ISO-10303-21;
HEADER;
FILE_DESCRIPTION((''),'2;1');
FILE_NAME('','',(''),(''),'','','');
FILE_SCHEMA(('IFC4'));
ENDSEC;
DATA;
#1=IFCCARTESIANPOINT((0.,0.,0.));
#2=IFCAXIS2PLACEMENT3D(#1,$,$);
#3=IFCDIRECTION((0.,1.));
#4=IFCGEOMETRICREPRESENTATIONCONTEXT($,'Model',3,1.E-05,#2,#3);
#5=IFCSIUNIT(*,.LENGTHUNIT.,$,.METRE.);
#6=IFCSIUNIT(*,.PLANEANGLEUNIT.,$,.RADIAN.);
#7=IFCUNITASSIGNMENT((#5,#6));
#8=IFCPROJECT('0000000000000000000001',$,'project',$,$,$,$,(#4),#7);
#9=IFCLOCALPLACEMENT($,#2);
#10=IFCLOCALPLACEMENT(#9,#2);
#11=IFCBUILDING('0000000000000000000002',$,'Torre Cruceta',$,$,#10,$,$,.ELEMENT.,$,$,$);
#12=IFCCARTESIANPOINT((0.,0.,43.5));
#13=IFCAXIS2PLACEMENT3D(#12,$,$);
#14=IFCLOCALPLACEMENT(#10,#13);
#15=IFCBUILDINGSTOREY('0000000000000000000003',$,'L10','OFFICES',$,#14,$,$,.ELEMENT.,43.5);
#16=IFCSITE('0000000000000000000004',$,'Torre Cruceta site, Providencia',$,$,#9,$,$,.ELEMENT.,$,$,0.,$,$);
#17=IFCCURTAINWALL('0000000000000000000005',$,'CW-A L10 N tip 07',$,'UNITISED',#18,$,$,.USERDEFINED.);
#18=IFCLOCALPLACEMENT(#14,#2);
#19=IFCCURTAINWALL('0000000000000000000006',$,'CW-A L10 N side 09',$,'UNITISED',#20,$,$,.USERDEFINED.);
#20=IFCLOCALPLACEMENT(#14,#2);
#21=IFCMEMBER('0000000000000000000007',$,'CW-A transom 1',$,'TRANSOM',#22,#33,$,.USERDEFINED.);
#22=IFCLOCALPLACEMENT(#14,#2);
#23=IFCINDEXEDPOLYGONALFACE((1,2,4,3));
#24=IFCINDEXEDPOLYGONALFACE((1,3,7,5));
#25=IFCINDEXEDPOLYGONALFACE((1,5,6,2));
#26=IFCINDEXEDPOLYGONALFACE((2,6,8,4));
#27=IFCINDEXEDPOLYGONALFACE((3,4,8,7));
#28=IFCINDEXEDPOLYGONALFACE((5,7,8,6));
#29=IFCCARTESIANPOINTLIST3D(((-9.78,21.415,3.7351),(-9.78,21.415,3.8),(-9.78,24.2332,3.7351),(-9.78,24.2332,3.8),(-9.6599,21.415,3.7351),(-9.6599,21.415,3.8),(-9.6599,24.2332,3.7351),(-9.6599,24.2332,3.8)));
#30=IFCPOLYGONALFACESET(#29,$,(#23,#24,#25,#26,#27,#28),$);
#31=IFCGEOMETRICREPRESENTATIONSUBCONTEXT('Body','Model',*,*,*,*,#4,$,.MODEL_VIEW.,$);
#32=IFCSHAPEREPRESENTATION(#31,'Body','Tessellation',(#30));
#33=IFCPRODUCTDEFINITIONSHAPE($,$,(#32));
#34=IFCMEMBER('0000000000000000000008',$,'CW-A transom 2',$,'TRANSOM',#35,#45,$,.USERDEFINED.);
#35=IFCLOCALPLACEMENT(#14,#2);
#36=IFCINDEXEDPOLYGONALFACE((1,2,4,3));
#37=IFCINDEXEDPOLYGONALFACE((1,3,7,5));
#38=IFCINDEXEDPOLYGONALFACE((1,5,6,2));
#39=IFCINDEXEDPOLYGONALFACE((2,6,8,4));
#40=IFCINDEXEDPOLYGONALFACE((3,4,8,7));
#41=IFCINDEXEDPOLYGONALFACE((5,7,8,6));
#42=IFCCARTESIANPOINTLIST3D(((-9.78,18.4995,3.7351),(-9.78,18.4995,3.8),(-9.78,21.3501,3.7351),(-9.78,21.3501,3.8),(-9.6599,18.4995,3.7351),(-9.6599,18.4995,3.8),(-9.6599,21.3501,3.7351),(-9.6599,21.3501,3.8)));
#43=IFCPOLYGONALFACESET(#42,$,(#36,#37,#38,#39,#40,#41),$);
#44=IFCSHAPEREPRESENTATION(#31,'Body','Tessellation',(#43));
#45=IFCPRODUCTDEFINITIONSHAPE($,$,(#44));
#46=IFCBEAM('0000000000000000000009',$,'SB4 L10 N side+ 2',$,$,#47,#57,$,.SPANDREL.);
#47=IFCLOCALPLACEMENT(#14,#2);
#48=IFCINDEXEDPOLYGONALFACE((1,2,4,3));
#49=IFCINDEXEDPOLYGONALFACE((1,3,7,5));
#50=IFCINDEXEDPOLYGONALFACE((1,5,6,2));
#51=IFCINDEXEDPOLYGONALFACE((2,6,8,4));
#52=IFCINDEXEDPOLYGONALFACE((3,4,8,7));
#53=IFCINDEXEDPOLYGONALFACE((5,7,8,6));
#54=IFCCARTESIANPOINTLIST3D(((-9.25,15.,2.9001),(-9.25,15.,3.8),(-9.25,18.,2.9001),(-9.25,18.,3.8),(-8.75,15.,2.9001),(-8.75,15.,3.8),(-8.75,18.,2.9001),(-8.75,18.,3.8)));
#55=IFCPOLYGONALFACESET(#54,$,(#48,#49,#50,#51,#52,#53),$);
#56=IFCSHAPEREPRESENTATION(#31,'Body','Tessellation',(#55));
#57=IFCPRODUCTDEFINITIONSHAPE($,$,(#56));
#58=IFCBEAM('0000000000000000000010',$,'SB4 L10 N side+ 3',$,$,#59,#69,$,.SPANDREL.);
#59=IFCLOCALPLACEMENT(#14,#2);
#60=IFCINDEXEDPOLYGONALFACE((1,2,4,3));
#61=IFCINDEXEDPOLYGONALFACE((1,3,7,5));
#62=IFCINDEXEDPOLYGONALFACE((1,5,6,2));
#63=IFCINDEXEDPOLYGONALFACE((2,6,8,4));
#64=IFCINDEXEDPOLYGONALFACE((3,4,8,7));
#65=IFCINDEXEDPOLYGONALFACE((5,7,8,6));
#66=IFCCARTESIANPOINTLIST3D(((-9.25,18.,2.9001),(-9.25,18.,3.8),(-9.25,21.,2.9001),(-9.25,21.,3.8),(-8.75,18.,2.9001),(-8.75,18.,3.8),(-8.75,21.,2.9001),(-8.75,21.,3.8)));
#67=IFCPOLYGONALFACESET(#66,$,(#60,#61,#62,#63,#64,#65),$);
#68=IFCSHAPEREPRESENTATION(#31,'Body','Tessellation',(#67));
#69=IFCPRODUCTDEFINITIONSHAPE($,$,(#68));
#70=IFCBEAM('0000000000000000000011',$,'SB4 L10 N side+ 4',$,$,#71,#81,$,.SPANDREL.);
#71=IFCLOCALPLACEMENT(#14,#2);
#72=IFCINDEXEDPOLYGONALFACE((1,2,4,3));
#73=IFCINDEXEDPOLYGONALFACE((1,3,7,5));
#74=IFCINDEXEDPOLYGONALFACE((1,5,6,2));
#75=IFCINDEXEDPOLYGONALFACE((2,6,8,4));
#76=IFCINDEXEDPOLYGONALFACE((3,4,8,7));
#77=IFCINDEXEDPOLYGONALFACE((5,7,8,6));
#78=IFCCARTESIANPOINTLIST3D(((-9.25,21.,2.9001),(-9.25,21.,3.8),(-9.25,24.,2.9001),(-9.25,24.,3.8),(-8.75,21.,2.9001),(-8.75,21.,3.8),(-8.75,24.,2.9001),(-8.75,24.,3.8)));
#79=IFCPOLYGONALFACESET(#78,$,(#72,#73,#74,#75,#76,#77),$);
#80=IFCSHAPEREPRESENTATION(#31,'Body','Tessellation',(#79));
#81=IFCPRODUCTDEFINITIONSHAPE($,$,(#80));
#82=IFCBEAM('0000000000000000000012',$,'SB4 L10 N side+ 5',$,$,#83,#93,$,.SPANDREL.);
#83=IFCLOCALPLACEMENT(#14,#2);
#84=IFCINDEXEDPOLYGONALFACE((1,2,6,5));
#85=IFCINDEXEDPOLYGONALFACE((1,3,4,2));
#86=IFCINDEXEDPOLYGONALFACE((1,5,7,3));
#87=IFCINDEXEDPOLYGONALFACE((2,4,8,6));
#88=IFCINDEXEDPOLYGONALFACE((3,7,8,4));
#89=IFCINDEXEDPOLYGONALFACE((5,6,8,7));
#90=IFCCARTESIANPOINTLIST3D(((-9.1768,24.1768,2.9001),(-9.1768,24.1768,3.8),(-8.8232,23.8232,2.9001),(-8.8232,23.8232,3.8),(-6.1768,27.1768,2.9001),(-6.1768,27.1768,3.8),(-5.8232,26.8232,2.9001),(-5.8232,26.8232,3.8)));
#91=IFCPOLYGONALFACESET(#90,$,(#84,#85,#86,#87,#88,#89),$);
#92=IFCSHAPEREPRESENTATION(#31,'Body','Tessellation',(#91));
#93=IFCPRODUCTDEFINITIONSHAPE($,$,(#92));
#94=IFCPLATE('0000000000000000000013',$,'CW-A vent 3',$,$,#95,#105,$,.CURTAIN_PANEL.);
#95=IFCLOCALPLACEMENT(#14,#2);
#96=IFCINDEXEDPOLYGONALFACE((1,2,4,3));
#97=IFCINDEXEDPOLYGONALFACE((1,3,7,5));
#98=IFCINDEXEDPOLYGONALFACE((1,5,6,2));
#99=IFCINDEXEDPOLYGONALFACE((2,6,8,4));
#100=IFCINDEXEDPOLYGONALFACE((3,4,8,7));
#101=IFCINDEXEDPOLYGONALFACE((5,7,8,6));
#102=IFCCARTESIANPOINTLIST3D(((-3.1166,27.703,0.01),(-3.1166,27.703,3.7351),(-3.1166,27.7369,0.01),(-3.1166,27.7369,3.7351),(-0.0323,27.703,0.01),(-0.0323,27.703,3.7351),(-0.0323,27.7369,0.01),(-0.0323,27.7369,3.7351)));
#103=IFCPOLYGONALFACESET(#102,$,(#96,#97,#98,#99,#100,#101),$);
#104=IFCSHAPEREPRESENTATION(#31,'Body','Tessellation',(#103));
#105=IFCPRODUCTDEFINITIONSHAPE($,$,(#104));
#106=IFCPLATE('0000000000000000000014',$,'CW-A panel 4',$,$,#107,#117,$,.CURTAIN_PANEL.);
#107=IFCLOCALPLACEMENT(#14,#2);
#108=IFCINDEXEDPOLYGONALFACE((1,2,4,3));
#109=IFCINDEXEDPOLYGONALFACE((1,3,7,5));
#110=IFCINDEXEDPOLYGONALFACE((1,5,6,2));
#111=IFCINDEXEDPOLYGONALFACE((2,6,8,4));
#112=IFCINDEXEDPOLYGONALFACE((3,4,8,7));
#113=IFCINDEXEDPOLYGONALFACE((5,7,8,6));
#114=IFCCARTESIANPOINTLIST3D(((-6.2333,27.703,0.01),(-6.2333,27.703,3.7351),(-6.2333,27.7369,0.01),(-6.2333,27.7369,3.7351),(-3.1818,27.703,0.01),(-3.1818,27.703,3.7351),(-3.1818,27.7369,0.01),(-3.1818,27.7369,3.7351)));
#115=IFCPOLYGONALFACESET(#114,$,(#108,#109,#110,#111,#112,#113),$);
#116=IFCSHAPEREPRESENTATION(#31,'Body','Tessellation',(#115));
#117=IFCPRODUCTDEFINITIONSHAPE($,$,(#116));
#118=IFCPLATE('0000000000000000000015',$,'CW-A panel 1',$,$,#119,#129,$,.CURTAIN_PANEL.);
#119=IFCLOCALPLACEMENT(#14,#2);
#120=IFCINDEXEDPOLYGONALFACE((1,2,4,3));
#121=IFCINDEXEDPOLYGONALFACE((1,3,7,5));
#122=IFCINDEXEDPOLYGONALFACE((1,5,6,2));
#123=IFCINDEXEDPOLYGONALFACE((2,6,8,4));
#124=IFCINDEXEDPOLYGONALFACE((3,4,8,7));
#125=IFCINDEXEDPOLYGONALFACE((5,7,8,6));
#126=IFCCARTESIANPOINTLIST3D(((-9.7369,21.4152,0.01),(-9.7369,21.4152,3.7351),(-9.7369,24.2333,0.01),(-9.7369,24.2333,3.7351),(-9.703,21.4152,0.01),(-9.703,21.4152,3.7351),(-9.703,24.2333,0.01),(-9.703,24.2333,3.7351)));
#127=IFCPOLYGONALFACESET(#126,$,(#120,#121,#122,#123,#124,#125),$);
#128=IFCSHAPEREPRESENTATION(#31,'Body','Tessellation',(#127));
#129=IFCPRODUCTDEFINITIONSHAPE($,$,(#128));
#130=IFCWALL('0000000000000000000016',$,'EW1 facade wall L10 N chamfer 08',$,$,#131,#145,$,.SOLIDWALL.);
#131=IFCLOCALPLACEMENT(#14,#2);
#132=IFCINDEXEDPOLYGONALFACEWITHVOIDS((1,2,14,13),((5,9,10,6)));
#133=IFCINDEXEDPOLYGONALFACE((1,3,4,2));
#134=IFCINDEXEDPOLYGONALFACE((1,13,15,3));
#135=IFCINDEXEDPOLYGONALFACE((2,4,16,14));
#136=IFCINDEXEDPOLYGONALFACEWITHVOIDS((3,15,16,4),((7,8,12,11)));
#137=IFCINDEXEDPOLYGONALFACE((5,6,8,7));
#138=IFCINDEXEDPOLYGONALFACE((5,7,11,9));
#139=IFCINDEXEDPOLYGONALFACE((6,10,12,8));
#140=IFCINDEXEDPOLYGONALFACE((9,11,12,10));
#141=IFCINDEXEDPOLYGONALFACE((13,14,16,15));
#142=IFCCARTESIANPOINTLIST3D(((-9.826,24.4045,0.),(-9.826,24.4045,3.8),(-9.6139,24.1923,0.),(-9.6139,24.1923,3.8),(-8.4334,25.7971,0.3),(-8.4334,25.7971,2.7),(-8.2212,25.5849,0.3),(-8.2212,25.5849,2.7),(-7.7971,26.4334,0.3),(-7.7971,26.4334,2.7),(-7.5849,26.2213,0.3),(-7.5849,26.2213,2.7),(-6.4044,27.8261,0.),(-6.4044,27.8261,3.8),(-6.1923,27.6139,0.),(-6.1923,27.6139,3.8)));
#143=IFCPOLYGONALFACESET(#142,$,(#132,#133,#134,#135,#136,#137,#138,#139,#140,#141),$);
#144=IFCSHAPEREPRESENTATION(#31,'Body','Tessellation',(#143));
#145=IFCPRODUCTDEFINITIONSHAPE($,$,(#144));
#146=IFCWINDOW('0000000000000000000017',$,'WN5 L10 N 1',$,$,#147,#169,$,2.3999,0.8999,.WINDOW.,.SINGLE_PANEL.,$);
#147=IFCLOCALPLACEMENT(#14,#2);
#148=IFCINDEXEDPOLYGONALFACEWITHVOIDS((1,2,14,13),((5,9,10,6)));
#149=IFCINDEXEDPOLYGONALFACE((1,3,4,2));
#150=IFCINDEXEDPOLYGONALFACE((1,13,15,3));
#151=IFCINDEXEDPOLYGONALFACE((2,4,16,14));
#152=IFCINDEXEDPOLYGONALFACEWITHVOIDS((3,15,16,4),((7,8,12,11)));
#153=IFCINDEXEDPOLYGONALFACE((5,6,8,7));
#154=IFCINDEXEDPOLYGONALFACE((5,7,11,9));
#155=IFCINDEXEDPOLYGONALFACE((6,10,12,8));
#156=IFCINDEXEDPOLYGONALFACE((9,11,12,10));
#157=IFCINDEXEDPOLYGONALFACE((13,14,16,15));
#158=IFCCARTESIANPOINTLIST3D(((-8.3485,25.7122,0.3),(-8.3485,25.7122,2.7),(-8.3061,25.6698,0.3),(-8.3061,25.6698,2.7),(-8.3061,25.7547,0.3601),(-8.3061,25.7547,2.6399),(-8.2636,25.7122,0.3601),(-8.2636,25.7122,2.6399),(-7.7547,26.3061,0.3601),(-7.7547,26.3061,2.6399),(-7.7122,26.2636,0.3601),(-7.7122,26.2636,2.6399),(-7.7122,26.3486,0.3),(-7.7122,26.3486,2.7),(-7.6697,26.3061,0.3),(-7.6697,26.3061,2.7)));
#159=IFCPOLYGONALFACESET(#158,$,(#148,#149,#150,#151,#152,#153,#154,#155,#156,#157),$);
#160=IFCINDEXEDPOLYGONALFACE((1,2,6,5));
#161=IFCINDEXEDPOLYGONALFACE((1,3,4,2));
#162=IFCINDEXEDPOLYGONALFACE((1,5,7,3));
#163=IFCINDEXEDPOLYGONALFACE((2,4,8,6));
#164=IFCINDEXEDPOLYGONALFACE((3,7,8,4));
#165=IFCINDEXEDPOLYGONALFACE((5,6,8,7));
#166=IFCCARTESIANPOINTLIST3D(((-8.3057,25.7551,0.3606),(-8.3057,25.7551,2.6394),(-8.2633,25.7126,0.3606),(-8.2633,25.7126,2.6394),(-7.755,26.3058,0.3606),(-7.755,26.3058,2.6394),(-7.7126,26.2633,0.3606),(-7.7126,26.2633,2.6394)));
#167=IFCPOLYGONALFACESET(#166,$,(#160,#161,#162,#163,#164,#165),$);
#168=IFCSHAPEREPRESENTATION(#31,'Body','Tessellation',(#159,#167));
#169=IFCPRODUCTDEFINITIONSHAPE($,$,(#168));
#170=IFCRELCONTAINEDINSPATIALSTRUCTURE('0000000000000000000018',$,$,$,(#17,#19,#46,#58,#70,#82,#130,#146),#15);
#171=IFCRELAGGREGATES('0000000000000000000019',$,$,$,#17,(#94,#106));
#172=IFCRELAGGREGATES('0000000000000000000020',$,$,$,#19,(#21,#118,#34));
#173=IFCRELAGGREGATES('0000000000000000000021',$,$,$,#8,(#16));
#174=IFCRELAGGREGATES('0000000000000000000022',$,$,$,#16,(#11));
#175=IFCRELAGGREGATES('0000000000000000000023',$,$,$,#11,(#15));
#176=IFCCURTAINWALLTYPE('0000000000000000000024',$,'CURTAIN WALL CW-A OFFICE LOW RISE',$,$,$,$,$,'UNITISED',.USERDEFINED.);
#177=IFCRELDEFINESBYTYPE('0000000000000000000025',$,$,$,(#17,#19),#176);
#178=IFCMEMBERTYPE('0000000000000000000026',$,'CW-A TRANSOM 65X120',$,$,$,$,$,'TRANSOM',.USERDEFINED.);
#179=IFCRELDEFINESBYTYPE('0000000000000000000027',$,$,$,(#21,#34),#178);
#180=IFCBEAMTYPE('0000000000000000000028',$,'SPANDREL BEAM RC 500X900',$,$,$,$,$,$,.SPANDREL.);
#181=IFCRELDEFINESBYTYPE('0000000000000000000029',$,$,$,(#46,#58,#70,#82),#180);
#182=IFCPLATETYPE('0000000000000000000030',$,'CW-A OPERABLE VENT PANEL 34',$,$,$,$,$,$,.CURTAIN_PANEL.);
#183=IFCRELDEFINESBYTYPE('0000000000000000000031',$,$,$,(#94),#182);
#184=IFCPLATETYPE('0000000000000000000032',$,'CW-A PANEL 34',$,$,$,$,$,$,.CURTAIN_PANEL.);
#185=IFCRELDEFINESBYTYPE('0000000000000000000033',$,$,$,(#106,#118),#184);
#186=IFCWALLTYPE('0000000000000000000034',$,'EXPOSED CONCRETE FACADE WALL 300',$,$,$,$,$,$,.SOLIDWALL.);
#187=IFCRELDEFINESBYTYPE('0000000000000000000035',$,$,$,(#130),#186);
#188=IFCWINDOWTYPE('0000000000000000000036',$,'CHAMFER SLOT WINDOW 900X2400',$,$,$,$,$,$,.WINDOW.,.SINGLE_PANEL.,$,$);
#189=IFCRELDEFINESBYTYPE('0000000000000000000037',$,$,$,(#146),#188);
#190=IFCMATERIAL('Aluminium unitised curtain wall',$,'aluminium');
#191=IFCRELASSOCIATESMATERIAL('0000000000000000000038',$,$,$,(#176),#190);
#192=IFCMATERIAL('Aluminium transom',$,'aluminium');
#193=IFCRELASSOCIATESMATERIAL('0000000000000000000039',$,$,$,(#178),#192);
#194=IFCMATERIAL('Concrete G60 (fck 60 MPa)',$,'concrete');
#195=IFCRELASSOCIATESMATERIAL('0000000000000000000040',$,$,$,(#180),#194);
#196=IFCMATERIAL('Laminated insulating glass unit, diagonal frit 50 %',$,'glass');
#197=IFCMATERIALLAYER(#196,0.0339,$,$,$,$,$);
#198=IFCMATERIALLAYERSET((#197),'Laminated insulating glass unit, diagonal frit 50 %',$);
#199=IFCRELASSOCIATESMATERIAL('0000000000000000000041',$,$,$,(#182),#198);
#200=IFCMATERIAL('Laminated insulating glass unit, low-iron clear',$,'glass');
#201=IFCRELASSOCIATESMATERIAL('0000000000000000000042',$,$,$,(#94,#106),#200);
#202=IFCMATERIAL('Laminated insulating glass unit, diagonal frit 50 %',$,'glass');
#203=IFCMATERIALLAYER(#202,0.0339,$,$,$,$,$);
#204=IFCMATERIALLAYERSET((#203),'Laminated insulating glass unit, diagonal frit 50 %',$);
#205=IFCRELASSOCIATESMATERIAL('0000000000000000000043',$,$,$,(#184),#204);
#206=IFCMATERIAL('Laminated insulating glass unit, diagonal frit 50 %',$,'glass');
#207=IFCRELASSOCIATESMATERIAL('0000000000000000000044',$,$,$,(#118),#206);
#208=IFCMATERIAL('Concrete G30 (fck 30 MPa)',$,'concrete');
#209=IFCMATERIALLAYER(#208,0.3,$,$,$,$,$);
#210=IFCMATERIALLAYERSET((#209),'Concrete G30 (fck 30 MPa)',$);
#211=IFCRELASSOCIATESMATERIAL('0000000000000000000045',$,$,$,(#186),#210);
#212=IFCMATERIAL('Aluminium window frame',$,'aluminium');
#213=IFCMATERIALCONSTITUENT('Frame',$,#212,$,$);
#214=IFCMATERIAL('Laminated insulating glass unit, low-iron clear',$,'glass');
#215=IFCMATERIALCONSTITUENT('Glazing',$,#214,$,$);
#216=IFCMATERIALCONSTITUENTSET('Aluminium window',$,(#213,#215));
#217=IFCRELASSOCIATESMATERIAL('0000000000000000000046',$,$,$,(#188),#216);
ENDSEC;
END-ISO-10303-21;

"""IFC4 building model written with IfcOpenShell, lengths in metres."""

from ifc_helpers import new_model, si_unit, direction, frame, frame_2d, origin, origin_2d, place, context, subcontext, project, spatial, rectangle, hollow_rectangle, extrude, material, layer, layer_set, constituent, constituent_set, material_profile, profile_set, type_object, element, fill, aggregate, save


model = new_model("IFC4")

# Units and contexts
model_context = context("Model", 3, precision=1e-05, world=origin(), true_north=direction((0.0, 1.0)))
body_context = subcontext(model_context, "Body", "Model", "MODEL_VIEW")
ifc_project = project(units=[si_unit("LENGTHUNIT", "METRE"), si_unit("PLANEANGLEUNIT", "RADIAN")], contexts=[model_context])

# Site, building, storey
site_placement = place(None, origin())
site = spatial("IfcSite", under=ifc_project, at=site_placement, Name="Torre Cruceta site, Providencia", CompositionType="ELEMENT", RefElevation=0.0)
building_placement = place(site_placement, origin())
building = spatial("IfcBuilding", under=site, at=building_placement, Name="Torre Cruceta", CompositionType="ELEMENT")
storey_placement = place(building_placement, frame((0.0, 0.0, 43.5)))
storey = spatial("IfcBuildingStorey", under=building, at=storey_placement, Name="L10", Description="OFFICES", CompositionType="ELEMENT", Elevation=43.5)

# Curtain walls
ifc_material_1 = material(Name="Aluminium unitised curtain wall", Category="aluminium")
curtain_wall_type = type_object("IfcCurtainWallType", Name="CURTAIN WALL CW-A OFFICE LOW RISE", ElementType="UNITISED", PredefinedType="USERDEFINED", material=ifc_material_1)
curtain_wall_1_placement = place(storey_placement, origin())
curtain_wall_1 = element("IfcCurtainWall", 1, at=curtain_wall_1_placement, inside=storey, type_object=curtain_wall_type, Name="CW-A L10 N tip 07", ObjectType="UNITISED", PredefinedType="USERDEFINED")
curtain_wall_2_placement = place(storey_placement, origin())
curtain_wall_2 = element("IfcCurtainWall", 2, at=curtain_wall_2_placement, inside=storey, type_object=curtain_wall_type, Name="CW-A L10 N side 09", ObjectType="UNITISED", PredefinedType="USERDEFINED")

# Members
ifc_material_2 = material(Name="Aluminium transom", Category="aluminium")
ifc_material_profile_1 = material_profile(ifc_material_2, rectangle(XDim=0.1201, YDim=0.0649, at=origin_2d()), Name="AL 120X65")
ifc_profile_set_1 = profile_set([ifc_material_profile_1], Name="Aluminium transom")
member_type_1 = type_object("IfcMemberType", Name="CW-A TRANSOM 65X120", ElementType="TRANSOM", PredefinedType="USERDEFINED", material=ifc_profile_set_1)
member_1_placement = place(storey_placement, frame((-9.72, 24.2332, 3.7676), z_axis=(0.0, -1.0, 0.0), x_axis=(1.0, 0.0, 0.0)))
member_1 = element("IfcMember", 3, at=member_1_placement, type_object=member_type_1, Name="CW-A transom 1", ObjectType="TRANSOM", PredefinedType="USERDEFINED", context=body_context, shape_type="SweptSolid", body=[
    extrude(rectangle(XDim=0.1201, YDim=0.0649, at=origin_2d()), origin(), (0.0, 0.0, 1.0), 2.8181),
])
member_2_placement = place(storey_placement, frame((-9.72, 21.3501, 3.7676), z_axis=(0.0, -1.0, 0.0), x_axis=(1.0, 0.0, 0.0)))
member_2 = element("IfcMember", 4, at=member_2_placement, type_object=member_type_1, Name="CW-A transom 2", ObjectType="TRANSOM", PredefinedType="USERDEFINED", context=body_context, shape_type="SweptSolid", body=[
    extrude(rectangle(XDim=0.1201, YDim=0.0649, at=origin_2d()), origin(), (0.0, 0.0, 1.0), 2.8506),
])

# Beams
ifc_material_3 = material(Name="Concrete G60 (fck 60 MPa)", Category="concrete")
ifc_material_profile_2 = material_profile(ifc_material_3, rectangle(XDim=0.5, YDim=0.8999, at=origin_2d()), Name="RC 500X900")
ifc_profile_set_2 = profile_set([ifc_material_profile_2], Name="Concrete G60 (fck 60 MPa)")
beam_type_1 = type_object("IfcBeamType", Name="SPANDREL BEAM RC 500X900", PredefinedType="SPANDREL", material=ifc_profile_set_2)
for number, where, z_axis, x_axis, name in (
    (5, (-9.0, 15.0, 3.3501), (0.0, 1.0, 0.0), (-1.0, 0.0, 0.0), "SB4 L10 N side+ 2"),
    (6, (-9.0, 18.0, 3.3501), (0.0, 1.0, 0.0), (-1.0, 0.0, 0.0), "SB4 L10 N side+ 3"),
    (7, (-9.0, 21.0, 3.3501), (0.0, 1.0, 0.0), (-1.0, 0.0, 0.0), "SB4 L10 N side+ 4"),
):
    element("IfcBeam", number, at=place(storey_placement, frame(where, z_axis=z_axis, x_axis=x_axis)), inside=storey, type_object=beam_type_1, Name=name, PredefinedType="SPANDREL", context=body_context, shape_type="SweptSolid", body=[
        extrude(rectangle(XDim=0.5, YDim=0.8999, at=origin_2d()), origin(), (0.0, 0.0, 1.0), 3.0),
    ])
beam_placement = place(storey_placement, frame((-9.0, 24.0, 3.3501), z_axis=(0.707107, 0.707107, 0.0), x_axis=(-0.707107, 0.707107, 0.0)))
element("IfcBeam", 8, at=beam_placement, inside=storey, type_object=beam_type_1, Name="SB4 L10 N side+ 5", PredefinedType="SPANDREL", context=body_context, shape_type="SweptSolid", body=[
    extrude(rectangle(XDim=0.5, YDim=0.8999, at=origin_2d()), origin(), (0.0, 0.0, 1.0), 4.2427),
])

# Plates
ifc_material_4 = material(Name="Laminated insulating glass unit, low-iron clear", Category="glass")
ifc_material_5 = material(Name="Laminated insulating glass unit, diagonal frit 50 %", Category="glass")
ifc_layer_1 = layer(ifc_material_5, 0.0339)
ifc_layer_set_1 = layer_set([ifc_layer_1], Name="Laminated insulating glass unit, diagonal frit 50 %")
plate_type_1 = type_object("IfcPlateType", Name="CW-A OPERABLE VENT PANEL 34", PredefinedType="CURTAIN_PANEL", material=ifc_layer_set_1)
plate_1_placement = place(storey_placement, frame((-1.5745, 27.72, 0.01), z_axis=(0.0, 0.0, 1.0), x_axis=(-1.0, 0.0, 0.0)))
plate_1 = element("IfcPlate", 9, at=plate_1_placement, type_object=plate_type_1, material=ifc_material_4, Name="CW-A vent 3", PredefinedType="CURTAIN_PANEL", context=body_context, shape_type="SweptSolid", body=[
    extrude(rectangle(XDim=3.0842, YDim=0.0339, at=origin_2d()), origin(), (0.0, 0.0, 1.0), 3.7251),
])
ifc_material_6 = material(Name="Laminated insulating glass unit, diagonal frit 50 %", Category="glass")
ifc_layer_2 = layer(ifc_material_6, 0.0339)
ifc_layer_set_2 = layer_set([ifc_layer_2], Name="Laminated insulating glass unit, diagonal frit 50 %")
plate_type_2 = type_object("IfcPlateType", Name="CW-A PANEL 34", PredefinedType="CURTAIN_PANEL", material=ifc_layer_set_2)
plate_2_placement = place(storey_placement, frame((-4.7075, 27.72, 0.01), z_axis=(0.0, 0.0, 1.0), x_axis=(-1.0, 0.0, 0.0)))
plate_2 = element("IfcPlate", 10, at=plate_2_placement, type_object=plate_type_2, material=ifc_material_4, Name="CW-A panel 4", PredefinedType="CURTAIN_PANEL", context=body_context, shape_type="SweptSolid", body=[
    extrude(rectangle(XDim=3.0515, YDim=0.0339, at=origin_2d()), origin(), (0.0, 0.0, 1.0), 3.7251),
])
aggregate(curtain_wall_1, [plate_1, plate_2])
ifc_material_7 = material(Name="Laminated insulating glass unit, diagonal frit 50 %", Category="glass")
plate_3_placement = place(storey_placement, frame((-9.72, 22.8242, 0.01), z_axis=(0.0, 0.0, 1.0), x_axis=(0.0, -1.0, 0.0)))
plate_3 = element("IfcPlate", 11, at=plate_3_placement, type_object=plate_type_2, material=ifc_material_7, Name="CW-A panel 1", PredefinedType="CURTAIN_PANEL", context=body_context, shape_type="SweptSolid", body=[
    extrude(rectangle(XDim=2.8181, YDim=0.0339, at=origin_2d()), origin(), (0.0, 0.0, 1.0), 3.7251),
])
aggregate(curtain_wall_2, [member_1, plate_3, member_2])

# Wall, opening, window
ifc_material_8 = material(Name="Concrete G30 (fck 30 MPa)", Category="concrete")
ifc_layer_3 = layer(ifc_material_8, 0.3)
ifc_layer_set_3 = layer_set([ifc_layer_3], Name="Concrete G30 (fck 30 MPa)")
wall_type_1 = type_object("IfcWallType", Name="EXPOSED CONCRETE FACADE WALL 300", PredefinedType="SOLIDWALL", material=ifc_layer_set_3)
wall_1_placement = place(storey_placement, frame((-6.2983, 27.72, 0.0), z_axis=(0.0, 0.0, 1.0), x_axis=(-0.707107, -0.707107, 0.0)))
wall_1 = element("IfcWall", 12, at=wall_1_placement, inside=storey, type_object=wall_type_1, Name="EW1 facade wall L10 N chamfer 08", PredefinedType="SOLIDWALL", context=body_context, shape_type="SweptSolid", body=[
    extrude(rectangle(XDim=4.8389, YDim=0.3, at=frame_2d((2.4194, 0.0))), origin(), (0.0, 0.0, 1.0), 3.8),
])
opening_1_placement = place(wall_1_placement, frame((1.9695, 0.0, 0.3)))
opening_1 = element("IfcOpeningElement", 13, at=opening_1_placement, cuts=wall_1, PredefinedType="OPENING", context=body_context, shape_type="SweptSolid", body=[
    extrude(rectangle(XDim=0.8999, YDim=2.3999, at=frame_2d((0.45, 1.2))), frame((0.0, 0.1599, 0.0), z_axis=(0.0, -1.0, 0.0), x_axis=(1.0, 0.0, 0.0)), (0.0, 0.0, 1.0), 0.3201),
])
ifc_material_9 = material(Name="Aluminium window frame", Category="aluminium")
ifc_constituent_1 = constituent(ifc_material_9, Name="Frame")
ifc_material_10 = material(Name="Laminated insulating glass unit, low-iron clear", Category="glass")
ifc_constituent_2 = constituent(ifc_material_10, Name="Glazing")
ifc_constituent_set_1 = constituent_set(constituents=[ifc_constituent_1, ifc_constituent_2], Name="Aluminium window")
window_type = type_object("IfcWindowType", Name="CHAMFER SLOT WINDOW 900X2400", PartitioningType="SINGLE_PANEL", PredefinedType="WINDOW", material=ifc_constituent_set_1)
window_placement = place(opening_1_placement, origin())
window = element("IfcWindow", 14, at=window_placement, inside=storey, type_object=window_type, Name="WN5 L10 N 1", OverallHeight=2.3999, OverallWidth=0.8999, PartitioningType="SINGLE_PANEL", PredefinedType="WINDOW", context=body_context, shape_type="SweptSolid", body=[
    extrude(hollow_rectangle(XDim=0.8999, YDim=2.3999, WallThickness=0.0601, at=frame_2d((0.45, 1.2))), frame((0.0, 0.03, 0.0), z_axis=(0.0, -1.0, 0.0), x_axis=(1.0, 0.0, 0.0)), (0.0, 0.0, 1.0), 0.0601),
    extrude(rectangle(XDim=0.7788, YDim=2.2788, at=frame_2d((0.45, 1.2))), frame((0.0, 0.03, 0.0), z_axis=(0.0, -1.0, 0.0), x_axis=(1.0, 0.0, 0.0)), (0.0, 0.0, 1.0), 0.0601),
])
fill(opening_1, window)

save(model, "model.ifc")
